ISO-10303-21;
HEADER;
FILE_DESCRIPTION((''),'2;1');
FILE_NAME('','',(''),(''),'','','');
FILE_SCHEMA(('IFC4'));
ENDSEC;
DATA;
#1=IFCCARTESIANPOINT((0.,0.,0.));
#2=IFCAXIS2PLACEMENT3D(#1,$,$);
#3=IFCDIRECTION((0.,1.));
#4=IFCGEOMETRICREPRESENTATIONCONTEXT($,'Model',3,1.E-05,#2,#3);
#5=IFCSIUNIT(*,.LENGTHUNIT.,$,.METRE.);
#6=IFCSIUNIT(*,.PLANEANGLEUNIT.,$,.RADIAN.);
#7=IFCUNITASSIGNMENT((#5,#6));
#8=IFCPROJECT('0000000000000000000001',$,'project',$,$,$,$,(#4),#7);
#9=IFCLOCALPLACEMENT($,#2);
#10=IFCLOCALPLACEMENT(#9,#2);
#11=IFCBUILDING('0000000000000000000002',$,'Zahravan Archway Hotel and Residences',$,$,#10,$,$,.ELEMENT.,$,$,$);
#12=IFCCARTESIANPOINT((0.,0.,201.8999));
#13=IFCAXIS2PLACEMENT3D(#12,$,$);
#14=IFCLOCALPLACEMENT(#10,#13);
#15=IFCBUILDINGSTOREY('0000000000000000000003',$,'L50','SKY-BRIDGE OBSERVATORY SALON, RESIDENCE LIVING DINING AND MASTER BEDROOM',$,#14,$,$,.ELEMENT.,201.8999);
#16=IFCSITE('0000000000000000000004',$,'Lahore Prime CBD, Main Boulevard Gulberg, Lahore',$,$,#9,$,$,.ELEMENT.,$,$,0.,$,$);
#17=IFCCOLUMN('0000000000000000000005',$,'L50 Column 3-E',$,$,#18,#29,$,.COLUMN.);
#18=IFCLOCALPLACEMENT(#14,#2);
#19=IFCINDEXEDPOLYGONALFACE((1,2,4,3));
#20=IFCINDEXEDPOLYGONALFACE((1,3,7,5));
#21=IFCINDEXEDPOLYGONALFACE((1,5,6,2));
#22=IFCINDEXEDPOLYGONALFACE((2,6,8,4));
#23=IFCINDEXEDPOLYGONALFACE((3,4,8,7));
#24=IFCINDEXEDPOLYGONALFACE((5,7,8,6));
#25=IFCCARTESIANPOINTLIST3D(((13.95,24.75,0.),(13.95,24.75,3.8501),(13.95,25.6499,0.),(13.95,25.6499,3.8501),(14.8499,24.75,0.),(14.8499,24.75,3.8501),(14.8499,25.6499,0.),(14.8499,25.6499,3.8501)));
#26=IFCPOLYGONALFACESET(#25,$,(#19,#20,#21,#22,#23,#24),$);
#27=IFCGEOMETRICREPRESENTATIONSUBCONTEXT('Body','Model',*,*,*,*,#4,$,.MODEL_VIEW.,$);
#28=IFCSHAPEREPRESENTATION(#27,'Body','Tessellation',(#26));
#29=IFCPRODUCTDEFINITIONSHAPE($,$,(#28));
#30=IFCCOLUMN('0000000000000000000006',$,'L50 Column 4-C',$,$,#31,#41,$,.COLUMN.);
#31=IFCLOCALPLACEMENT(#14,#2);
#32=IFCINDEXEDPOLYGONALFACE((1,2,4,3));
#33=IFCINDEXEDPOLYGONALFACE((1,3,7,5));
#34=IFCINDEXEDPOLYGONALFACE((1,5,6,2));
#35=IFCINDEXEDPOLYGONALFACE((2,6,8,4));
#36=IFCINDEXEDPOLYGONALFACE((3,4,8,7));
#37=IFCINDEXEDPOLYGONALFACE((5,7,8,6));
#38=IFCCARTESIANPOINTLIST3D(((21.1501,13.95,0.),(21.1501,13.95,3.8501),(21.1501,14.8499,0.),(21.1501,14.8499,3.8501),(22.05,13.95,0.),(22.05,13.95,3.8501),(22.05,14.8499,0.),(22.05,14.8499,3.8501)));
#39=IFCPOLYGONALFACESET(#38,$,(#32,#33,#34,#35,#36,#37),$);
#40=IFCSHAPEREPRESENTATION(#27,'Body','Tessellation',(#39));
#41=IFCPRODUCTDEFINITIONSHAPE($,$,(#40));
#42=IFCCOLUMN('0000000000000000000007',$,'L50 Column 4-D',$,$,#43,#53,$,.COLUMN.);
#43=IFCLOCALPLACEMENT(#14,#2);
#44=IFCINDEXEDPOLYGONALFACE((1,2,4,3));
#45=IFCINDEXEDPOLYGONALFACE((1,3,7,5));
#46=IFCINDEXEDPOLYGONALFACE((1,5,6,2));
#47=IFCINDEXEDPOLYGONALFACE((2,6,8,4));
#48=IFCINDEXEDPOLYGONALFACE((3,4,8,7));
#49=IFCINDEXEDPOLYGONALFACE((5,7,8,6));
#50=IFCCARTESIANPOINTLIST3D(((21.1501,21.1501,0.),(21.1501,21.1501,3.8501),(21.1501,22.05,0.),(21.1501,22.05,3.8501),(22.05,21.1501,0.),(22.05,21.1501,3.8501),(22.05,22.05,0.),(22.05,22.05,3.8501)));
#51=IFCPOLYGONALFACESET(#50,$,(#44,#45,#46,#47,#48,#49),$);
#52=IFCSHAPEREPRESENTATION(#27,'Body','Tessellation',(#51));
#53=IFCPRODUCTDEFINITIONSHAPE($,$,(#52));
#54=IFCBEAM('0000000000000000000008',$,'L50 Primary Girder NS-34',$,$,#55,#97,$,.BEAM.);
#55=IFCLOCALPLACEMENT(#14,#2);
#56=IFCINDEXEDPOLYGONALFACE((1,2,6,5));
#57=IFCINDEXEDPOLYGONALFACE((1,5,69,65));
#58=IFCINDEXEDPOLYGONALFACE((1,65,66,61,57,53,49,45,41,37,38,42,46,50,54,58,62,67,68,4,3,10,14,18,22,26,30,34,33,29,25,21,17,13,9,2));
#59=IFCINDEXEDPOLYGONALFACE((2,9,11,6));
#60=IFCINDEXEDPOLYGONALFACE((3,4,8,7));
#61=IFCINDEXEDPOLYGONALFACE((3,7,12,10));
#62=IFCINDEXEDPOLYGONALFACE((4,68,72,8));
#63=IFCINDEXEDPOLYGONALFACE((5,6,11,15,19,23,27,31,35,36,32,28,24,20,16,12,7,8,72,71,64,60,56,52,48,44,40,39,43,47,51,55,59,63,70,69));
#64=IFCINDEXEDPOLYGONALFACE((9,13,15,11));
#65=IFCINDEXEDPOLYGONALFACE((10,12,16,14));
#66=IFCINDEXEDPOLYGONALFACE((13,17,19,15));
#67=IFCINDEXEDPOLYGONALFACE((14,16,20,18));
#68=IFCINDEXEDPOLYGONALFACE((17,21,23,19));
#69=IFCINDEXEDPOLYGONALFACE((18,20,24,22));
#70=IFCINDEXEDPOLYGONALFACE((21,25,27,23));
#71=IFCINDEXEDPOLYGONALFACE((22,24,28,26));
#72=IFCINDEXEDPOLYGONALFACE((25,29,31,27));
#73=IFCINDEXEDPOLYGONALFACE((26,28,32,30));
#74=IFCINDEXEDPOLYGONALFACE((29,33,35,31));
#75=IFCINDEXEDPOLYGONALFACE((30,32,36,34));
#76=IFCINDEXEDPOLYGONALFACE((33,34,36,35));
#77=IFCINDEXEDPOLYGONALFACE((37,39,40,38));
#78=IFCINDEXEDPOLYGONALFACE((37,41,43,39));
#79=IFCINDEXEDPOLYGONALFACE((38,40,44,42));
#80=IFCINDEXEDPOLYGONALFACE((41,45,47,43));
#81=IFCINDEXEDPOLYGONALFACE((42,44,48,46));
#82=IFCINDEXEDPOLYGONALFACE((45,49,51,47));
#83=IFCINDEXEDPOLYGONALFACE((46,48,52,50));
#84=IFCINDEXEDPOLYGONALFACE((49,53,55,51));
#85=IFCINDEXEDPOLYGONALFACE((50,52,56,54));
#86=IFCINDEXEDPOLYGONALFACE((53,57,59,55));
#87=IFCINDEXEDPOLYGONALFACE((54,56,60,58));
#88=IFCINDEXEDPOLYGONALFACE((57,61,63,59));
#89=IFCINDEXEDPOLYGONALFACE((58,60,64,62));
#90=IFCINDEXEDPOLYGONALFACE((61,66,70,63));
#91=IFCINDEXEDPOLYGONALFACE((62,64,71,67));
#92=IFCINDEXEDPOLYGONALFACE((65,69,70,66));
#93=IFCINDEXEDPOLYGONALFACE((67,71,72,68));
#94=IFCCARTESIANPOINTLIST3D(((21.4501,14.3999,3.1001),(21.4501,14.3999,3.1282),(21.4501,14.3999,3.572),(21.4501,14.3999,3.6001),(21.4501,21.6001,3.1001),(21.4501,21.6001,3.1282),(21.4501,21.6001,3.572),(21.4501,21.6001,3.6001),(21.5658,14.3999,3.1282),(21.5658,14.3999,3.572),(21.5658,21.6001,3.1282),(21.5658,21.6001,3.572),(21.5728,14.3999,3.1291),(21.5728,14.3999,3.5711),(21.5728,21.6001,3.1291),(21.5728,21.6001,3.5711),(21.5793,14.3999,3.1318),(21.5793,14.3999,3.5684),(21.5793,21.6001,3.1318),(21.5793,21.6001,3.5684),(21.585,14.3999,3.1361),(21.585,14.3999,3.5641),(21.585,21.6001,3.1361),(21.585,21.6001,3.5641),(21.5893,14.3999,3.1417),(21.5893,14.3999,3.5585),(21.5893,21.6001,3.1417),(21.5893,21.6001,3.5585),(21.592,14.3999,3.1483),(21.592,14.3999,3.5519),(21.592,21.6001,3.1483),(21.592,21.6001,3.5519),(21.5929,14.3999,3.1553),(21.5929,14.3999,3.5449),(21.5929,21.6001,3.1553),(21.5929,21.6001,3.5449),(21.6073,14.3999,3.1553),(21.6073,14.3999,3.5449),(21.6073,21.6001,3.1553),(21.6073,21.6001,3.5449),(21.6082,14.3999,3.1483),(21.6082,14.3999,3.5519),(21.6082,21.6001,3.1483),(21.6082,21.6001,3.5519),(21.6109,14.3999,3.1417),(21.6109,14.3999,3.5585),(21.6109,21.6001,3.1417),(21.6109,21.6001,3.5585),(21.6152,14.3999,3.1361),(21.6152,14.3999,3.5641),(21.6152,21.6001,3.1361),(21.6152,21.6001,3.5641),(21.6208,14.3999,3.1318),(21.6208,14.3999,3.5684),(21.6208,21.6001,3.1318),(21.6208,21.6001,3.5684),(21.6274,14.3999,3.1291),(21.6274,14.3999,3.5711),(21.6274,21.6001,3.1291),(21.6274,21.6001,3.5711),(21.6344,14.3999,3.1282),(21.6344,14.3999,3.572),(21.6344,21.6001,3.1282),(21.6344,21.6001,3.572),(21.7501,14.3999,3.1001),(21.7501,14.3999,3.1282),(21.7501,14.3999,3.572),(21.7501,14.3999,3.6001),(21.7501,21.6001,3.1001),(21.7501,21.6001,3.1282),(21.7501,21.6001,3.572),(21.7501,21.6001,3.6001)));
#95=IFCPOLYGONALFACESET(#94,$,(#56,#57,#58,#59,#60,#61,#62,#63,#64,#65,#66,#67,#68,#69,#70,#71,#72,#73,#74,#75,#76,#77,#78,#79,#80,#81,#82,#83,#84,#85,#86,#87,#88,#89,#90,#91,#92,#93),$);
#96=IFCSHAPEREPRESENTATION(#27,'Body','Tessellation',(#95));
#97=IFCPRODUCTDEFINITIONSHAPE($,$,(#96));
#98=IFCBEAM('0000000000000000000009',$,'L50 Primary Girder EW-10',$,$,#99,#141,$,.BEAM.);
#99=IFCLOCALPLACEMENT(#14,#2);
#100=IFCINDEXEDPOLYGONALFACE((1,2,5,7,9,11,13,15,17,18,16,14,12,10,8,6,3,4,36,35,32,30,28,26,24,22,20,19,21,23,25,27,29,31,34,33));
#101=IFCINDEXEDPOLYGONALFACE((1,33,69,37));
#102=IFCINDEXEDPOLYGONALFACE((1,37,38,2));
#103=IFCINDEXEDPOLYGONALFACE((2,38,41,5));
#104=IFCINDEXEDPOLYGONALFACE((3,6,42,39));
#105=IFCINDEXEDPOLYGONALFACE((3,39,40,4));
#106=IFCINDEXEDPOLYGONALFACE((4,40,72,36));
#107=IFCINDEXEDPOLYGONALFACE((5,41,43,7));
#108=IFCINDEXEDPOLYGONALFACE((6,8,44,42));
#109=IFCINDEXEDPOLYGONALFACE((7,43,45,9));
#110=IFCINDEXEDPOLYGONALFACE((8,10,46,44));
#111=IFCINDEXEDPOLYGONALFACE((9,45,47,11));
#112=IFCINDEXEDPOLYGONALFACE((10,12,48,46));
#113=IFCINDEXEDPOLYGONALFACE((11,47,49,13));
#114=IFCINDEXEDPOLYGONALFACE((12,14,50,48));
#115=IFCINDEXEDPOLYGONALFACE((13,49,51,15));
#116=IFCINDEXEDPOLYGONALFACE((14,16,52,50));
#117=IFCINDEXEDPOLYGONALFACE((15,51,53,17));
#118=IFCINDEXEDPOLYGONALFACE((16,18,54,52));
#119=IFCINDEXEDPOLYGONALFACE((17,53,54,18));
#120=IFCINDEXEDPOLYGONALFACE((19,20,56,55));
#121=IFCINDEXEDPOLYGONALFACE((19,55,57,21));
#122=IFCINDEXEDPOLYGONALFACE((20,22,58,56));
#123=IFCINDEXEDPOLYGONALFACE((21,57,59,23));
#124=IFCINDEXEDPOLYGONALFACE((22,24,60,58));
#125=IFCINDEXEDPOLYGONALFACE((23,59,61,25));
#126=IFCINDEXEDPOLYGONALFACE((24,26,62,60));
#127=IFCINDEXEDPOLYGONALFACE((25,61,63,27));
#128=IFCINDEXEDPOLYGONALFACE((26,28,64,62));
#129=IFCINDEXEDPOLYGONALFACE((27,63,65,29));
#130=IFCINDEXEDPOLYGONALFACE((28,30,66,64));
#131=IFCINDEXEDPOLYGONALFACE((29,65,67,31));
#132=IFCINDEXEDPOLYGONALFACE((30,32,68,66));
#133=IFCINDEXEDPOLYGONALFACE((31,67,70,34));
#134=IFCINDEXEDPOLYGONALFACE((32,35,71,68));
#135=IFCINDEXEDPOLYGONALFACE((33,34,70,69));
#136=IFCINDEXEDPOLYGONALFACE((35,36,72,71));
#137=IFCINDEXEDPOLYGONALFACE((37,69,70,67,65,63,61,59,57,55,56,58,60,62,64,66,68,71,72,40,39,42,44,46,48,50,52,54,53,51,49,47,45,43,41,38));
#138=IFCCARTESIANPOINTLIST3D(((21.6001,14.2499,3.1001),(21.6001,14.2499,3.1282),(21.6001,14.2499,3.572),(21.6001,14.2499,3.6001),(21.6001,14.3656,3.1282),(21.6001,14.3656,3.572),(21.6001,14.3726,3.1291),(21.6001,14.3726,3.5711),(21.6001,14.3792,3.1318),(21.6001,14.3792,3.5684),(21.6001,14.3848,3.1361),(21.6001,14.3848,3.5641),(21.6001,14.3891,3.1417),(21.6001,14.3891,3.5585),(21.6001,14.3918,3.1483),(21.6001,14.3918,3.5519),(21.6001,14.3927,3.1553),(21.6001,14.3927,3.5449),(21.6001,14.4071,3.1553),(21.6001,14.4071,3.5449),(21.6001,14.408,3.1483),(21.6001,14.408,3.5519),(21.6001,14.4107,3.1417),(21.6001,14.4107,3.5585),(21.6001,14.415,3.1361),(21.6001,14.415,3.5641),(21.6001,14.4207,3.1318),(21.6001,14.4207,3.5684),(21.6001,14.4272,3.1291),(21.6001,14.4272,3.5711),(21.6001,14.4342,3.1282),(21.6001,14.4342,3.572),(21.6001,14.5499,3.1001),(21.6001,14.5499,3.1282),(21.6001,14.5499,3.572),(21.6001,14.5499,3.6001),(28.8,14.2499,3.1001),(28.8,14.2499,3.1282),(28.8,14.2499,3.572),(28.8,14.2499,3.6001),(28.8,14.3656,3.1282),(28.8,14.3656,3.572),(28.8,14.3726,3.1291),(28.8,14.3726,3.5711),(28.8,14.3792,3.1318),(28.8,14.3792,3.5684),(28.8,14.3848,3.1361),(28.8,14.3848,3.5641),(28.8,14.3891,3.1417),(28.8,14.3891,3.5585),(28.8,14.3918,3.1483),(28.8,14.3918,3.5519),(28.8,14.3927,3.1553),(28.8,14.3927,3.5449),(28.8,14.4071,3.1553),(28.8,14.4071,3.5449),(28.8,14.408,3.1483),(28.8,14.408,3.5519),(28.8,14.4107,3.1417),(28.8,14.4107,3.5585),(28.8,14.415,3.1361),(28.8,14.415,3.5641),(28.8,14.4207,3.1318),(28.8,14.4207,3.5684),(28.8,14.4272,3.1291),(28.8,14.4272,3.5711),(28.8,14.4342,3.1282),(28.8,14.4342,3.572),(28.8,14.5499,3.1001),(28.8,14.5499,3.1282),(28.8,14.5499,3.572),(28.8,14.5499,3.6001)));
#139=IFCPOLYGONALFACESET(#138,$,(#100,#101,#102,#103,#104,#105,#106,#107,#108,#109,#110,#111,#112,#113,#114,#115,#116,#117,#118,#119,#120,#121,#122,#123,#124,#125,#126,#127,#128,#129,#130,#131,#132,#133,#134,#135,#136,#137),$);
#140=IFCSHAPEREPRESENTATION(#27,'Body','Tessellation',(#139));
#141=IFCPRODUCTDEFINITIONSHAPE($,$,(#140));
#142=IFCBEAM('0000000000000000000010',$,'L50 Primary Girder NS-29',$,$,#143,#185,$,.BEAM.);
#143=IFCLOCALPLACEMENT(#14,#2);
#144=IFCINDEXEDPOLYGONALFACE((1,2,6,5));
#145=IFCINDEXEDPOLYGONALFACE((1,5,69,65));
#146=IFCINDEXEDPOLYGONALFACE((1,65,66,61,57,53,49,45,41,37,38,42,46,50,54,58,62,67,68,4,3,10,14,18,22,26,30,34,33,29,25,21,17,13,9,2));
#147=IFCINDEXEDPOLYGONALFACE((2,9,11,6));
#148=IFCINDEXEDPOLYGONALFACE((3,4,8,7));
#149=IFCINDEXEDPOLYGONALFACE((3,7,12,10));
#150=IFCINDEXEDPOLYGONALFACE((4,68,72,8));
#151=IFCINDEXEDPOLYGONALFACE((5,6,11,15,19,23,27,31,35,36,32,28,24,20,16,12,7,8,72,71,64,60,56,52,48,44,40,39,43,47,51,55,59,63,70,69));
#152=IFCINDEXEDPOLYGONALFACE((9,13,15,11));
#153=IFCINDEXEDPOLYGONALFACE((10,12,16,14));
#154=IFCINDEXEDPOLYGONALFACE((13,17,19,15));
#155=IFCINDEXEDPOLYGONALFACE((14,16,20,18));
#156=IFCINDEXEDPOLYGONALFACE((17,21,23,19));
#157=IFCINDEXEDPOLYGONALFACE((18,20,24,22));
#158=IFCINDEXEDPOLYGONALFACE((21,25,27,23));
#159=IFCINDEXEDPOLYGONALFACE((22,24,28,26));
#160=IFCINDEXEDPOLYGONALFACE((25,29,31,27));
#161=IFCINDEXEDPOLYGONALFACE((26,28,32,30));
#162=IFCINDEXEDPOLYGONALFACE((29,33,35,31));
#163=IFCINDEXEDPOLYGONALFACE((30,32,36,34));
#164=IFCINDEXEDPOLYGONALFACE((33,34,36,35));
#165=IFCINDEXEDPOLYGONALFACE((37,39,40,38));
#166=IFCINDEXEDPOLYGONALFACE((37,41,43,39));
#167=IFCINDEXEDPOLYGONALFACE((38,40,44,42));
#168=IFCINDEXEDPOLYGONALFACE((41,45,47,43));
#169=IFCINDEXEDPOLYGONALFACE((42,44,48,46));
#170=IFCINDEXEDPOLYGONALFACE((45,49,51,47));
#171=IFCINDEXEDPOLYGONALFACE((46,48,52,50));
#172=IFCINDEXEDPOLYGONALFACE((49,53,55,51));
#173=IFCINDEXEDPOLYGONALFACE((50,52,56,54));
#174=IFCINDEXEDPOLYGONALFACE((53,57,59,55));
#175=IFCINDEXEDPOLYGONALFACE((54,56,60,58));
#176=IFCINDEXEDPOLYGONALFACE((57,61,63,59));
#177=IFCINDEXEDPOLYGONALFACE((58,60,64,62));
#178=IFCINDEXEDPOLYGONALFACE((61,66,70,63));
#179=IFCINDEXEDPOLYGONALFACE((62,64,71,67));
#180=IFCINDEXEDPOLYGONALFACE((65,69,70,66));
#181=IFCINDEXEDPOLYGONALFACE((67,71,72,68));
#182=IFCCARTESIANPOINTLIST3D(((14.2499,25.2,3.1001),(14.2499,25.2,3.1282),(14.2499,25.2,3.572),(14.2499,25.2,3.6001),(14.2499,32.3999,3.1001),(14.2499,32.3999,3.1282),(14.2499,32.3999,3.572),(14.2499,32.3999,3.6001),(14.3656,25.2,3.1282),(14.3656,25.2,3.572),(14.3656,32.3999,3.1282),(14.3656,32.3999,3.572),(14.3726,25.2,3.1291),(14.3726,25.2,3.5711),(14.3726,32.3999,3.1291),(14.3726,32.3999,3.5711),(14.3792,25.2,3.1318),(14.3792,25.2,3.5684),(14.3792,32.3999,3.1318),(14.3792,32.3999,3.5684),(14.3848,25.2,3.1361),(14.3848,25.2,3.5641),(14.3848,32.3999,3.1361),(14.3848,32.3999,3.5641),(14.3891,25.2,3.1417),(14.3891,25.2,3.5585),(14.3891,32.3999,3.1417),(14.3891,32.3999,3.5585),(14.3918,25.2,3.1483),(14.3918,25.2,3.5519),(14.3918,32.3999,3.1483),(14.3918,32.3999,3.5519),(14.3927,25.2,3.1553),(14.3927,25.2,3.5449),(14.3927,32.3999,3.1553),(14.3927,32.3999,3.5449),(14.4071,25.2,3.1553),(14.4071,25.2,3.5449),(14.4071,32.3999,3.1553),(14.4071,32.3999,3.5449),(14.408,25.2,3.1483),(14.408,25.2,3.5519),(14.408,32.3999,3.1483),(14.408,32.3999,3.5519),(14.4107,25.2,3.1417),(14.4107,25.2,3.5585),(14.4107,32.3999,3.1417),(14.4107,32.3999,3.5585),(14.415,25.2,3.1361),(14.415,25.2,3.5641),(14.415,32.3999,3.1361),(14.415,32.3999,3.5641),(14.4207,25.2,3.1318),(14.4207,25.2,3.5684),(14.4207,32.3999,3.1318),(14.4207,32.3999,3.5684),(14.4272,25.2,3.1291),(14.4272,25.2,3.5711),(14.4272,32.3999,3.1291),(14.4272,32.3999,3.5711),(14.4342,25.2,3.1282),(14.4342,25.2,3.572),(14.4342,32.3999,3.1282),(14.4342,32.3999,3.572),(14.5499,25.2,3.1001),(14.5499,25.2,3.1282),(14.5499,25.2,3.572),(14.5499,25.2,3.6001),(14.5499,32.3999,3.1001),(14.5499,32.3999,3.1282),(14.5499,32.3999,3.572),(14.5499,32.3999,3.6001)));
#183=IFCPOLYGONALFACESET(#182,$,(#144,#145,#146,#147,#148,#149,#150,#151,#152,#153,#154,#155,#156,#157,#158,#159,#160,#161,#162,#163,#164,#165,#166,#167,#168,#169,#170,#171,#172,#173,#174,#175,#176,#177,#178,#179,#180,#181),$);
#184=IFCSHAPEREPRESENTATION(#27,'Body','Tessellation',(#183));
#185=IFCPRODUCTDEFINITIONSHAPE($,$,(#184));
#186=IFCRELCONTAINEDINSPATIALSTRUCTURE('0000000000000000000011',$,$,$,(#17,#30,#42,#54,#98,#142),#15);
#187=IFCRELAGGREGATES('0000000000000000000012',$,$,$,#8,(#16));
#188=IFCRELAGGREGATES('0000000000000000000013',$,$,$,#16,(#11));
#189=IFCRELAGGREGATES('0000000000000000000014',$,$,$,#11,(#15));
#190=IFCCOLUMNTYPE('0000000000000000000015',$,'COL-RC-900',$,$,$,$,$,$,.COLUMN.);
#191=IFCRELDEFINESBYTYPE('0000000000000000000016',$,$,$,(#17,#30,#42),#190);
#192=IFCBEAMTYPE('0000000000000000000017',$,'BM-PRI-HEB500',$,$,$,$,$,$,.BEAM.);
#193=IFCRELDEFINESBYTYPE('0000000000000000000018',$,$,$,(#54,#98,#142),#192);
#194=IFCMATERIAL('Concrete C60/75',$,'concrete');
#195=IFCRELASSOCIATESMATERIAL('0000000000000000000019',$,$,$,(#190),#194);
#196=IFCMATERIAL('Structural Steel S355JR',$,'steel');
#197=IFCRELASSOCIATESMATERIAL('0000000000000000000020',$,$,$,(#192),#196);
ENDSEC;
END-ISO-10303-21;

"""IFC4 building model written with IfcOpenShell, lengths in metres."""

from ifc_helpers import new_model, si_unit, direction, frame, origin, origin_2d, place, context, subcontext, project, spatial, rectangle, i_section, extrude, source, transform, mapped, material, material_profile, profile_set, type_object, type_shapes, element, save


model = new_model("IFC4")

# Units and contexts
model_context = context("Model", 3, precision=1e-05, world=origin(), true_north=direction((0.0, 1.0)))
body_context = subcontext(model_context, "Body", "Model", "MODEL_VIEW")
ifc_project = project(units=[si_unit("LENGTHUNIT", "METRE"), si_unit("PLANEANGLEUNIT", "RADIAN")], contexts=[model_context])

# Site, building, storey
site_placement = place(None, origin())
site = spatial("IfcSite", under=ifc_project, at=site_placement, Name="Lahore Prime CBD, Main Boulevard Gulberg, Lahore", CompositionType="ELEMENT", RefElevation=0.0)
building_placement = place(site_placement, origin())
building = spatial("IfcBuilding", under=site, at=building_placement, Name="Zahravan Archway Hotel and Residences", CompositionType="ELEMENT")
storey_placement = place(building_placement, frame((0.0, 0.0, 201.8999)))
storey = spatial("IfcBuildingStorey", under=building, at=storey_placement, Name="L50", Description="SKY-BRIDGE OBSERVATORY SALON, RESIDENCE LIVING DINING AND MASTER BEDROOM", CompositionType="ELEMENT", Elevation=201.8999)

# Columns
ifc_material_1 = material(Name="Concrete C60/75", Category="concrete")
ifc_material_profile_1 = material_profile(ifc_material_1, rectangle(XDim=0.8999, YDim=0.8999, at=origin_2d()), Name="RC-COL-900x900", Category="concrete")
ifc_profile_set_1 = profile_set([ifc_material_profile_1], Name="Concrete C60/75")
column_type = type_object("IfcColumnType", Name="COL-RC-900", PredefinedType="COLUMN", material=ifc_profile_set_1)
shared_shape_1 = source(origin(), body_context, "Body", "SweptSolid", [
    extrude(rectangle(XDim=0.8999, YDim=0.8999, at=origin_2d()), origin(), (0.0, 0.0, 1.0), 3.8501),
])
type_shapes(column_type, [shared_shape_1])
for number, where, z_axis, x_axis, name in (
    (1, (14.3999, 25.2, 0.0), (0.0, 0.0, 1.0), (1.0, 0.0, 0.0), "L50 Column 3-E"),
    (2, (21.6001, 14.3999, 0.0), (0.0, 0.0, 1.0), (1.0, 0.0, 0.0), "L50 Column 4-C"),
    (3, (21.6001, 21.6001, 0.0), (0.0, 0.0, 1.0), (1.0, 0.0, 0.0), "L50 Column 4-D"),
):
    element("IfcColumn", number, at=place(storey_placement, frame(where, z_axis=z_axis, x_axis=x_axis)), inside=storey, type_object=column_type, Name=name, PredefinedType="COLUMN", context=body_context, shape_type="MappedRepresentation", body=[
        mapped(shared_shape_1, transform((0.0, 0.0, 0.0), scale=1.0)),
    ])

# Beams
ifc_material_2 = material(Name="Structural Steel S355JR", Category="steel")
ifc_material_profile_2 = material_profile(ifc_material_2, i_section(OverallWidth=0.3, OverallDepth=0.5, WebThickness=0.0144, FlangeThickness=0.0281, FilletRadius=0.0271, at=origin_2d()), Name="HEB 500", Category="steel")
ifc_profile_set_2 = profile_set([ifc_material_profile_2], Name="Structural Steel S355JR")
beam_type_1 = type_object("IfcBeamType", Name="BM-PRI-HEB500", PredefinedType="BEAM", material=ifc_profile_set_2)
shared_shape_2 = source(origin(), body_context, "Body", "SweptSolid", [
    extrude(i_section(OverallWidth=0.3, OverallDepth=0.5, WebThickness=0.0144, FlangeThickness=0.0281, FilletRadius=0.0271, at=origin_2d()), origin(), (0.0, 0.0, 1.0), 7.2002),
])
type_shapes(beam_type_1, [shared_shape_2])
beam_1_placement = place(storey_placement, frame((21.6001, 14.3999, 3.3501), z_axis=(0.0, 1.0, 0.0), x_axis=(-1.0, 0.0, 0.0)))
element("IfcBeam", 4, at=beam_1_placement, inside=storey, type_object=beam_type_1, Name="L50 Primary Girder NS-34", PredefinedType="BEAM", context=body_context, shape_type="MappedRepresentation", body=[
    mapped(shared_shape_2, transform((0.0, 0.0, 0.0), scale=1.0)),
])
shared_shape_3 = source(origin(), body_context, "Body", "SweptSolid", [
    extrude(i_section(OverallWidth=0.3, OverallDepth=0.5, WebThickness=0.0144, FlangeThickness=0.0281, FilletRadius=0.0271, at=origin_2d()), origin(), (0.0, 0.0, 1.0), 7.2),
])
for number, where, z_axis, x_axis, name in (
    (5, (21.6001, 14.3999, 3.3501), (1.0, 0.0, 0.0), (0.0, 1.0, 0.0), "L50 Primary Girder EW-10"),
    (6, (14.3999, 25.2, 3.3501), (0.0, 1.0, 0.0), (-1.0, 0.0, 0.0), "L50 Primary Girder NS-29"),
):
    element("IfcBeam", number, at=place(storey_placement, frame(where, z_axis=z_axis, x_axis=x_axis)), inside=storey, type_object=beam_type_1, Name=name, PredefinedType="BEAM", context=body_context, shape_type="MappedRepresentation", body=[
        mapped(shared_shape_3, transform((0.0, 0.0, 0.0), scale=1.0)),
    ])

save(model, "model.ifc")
